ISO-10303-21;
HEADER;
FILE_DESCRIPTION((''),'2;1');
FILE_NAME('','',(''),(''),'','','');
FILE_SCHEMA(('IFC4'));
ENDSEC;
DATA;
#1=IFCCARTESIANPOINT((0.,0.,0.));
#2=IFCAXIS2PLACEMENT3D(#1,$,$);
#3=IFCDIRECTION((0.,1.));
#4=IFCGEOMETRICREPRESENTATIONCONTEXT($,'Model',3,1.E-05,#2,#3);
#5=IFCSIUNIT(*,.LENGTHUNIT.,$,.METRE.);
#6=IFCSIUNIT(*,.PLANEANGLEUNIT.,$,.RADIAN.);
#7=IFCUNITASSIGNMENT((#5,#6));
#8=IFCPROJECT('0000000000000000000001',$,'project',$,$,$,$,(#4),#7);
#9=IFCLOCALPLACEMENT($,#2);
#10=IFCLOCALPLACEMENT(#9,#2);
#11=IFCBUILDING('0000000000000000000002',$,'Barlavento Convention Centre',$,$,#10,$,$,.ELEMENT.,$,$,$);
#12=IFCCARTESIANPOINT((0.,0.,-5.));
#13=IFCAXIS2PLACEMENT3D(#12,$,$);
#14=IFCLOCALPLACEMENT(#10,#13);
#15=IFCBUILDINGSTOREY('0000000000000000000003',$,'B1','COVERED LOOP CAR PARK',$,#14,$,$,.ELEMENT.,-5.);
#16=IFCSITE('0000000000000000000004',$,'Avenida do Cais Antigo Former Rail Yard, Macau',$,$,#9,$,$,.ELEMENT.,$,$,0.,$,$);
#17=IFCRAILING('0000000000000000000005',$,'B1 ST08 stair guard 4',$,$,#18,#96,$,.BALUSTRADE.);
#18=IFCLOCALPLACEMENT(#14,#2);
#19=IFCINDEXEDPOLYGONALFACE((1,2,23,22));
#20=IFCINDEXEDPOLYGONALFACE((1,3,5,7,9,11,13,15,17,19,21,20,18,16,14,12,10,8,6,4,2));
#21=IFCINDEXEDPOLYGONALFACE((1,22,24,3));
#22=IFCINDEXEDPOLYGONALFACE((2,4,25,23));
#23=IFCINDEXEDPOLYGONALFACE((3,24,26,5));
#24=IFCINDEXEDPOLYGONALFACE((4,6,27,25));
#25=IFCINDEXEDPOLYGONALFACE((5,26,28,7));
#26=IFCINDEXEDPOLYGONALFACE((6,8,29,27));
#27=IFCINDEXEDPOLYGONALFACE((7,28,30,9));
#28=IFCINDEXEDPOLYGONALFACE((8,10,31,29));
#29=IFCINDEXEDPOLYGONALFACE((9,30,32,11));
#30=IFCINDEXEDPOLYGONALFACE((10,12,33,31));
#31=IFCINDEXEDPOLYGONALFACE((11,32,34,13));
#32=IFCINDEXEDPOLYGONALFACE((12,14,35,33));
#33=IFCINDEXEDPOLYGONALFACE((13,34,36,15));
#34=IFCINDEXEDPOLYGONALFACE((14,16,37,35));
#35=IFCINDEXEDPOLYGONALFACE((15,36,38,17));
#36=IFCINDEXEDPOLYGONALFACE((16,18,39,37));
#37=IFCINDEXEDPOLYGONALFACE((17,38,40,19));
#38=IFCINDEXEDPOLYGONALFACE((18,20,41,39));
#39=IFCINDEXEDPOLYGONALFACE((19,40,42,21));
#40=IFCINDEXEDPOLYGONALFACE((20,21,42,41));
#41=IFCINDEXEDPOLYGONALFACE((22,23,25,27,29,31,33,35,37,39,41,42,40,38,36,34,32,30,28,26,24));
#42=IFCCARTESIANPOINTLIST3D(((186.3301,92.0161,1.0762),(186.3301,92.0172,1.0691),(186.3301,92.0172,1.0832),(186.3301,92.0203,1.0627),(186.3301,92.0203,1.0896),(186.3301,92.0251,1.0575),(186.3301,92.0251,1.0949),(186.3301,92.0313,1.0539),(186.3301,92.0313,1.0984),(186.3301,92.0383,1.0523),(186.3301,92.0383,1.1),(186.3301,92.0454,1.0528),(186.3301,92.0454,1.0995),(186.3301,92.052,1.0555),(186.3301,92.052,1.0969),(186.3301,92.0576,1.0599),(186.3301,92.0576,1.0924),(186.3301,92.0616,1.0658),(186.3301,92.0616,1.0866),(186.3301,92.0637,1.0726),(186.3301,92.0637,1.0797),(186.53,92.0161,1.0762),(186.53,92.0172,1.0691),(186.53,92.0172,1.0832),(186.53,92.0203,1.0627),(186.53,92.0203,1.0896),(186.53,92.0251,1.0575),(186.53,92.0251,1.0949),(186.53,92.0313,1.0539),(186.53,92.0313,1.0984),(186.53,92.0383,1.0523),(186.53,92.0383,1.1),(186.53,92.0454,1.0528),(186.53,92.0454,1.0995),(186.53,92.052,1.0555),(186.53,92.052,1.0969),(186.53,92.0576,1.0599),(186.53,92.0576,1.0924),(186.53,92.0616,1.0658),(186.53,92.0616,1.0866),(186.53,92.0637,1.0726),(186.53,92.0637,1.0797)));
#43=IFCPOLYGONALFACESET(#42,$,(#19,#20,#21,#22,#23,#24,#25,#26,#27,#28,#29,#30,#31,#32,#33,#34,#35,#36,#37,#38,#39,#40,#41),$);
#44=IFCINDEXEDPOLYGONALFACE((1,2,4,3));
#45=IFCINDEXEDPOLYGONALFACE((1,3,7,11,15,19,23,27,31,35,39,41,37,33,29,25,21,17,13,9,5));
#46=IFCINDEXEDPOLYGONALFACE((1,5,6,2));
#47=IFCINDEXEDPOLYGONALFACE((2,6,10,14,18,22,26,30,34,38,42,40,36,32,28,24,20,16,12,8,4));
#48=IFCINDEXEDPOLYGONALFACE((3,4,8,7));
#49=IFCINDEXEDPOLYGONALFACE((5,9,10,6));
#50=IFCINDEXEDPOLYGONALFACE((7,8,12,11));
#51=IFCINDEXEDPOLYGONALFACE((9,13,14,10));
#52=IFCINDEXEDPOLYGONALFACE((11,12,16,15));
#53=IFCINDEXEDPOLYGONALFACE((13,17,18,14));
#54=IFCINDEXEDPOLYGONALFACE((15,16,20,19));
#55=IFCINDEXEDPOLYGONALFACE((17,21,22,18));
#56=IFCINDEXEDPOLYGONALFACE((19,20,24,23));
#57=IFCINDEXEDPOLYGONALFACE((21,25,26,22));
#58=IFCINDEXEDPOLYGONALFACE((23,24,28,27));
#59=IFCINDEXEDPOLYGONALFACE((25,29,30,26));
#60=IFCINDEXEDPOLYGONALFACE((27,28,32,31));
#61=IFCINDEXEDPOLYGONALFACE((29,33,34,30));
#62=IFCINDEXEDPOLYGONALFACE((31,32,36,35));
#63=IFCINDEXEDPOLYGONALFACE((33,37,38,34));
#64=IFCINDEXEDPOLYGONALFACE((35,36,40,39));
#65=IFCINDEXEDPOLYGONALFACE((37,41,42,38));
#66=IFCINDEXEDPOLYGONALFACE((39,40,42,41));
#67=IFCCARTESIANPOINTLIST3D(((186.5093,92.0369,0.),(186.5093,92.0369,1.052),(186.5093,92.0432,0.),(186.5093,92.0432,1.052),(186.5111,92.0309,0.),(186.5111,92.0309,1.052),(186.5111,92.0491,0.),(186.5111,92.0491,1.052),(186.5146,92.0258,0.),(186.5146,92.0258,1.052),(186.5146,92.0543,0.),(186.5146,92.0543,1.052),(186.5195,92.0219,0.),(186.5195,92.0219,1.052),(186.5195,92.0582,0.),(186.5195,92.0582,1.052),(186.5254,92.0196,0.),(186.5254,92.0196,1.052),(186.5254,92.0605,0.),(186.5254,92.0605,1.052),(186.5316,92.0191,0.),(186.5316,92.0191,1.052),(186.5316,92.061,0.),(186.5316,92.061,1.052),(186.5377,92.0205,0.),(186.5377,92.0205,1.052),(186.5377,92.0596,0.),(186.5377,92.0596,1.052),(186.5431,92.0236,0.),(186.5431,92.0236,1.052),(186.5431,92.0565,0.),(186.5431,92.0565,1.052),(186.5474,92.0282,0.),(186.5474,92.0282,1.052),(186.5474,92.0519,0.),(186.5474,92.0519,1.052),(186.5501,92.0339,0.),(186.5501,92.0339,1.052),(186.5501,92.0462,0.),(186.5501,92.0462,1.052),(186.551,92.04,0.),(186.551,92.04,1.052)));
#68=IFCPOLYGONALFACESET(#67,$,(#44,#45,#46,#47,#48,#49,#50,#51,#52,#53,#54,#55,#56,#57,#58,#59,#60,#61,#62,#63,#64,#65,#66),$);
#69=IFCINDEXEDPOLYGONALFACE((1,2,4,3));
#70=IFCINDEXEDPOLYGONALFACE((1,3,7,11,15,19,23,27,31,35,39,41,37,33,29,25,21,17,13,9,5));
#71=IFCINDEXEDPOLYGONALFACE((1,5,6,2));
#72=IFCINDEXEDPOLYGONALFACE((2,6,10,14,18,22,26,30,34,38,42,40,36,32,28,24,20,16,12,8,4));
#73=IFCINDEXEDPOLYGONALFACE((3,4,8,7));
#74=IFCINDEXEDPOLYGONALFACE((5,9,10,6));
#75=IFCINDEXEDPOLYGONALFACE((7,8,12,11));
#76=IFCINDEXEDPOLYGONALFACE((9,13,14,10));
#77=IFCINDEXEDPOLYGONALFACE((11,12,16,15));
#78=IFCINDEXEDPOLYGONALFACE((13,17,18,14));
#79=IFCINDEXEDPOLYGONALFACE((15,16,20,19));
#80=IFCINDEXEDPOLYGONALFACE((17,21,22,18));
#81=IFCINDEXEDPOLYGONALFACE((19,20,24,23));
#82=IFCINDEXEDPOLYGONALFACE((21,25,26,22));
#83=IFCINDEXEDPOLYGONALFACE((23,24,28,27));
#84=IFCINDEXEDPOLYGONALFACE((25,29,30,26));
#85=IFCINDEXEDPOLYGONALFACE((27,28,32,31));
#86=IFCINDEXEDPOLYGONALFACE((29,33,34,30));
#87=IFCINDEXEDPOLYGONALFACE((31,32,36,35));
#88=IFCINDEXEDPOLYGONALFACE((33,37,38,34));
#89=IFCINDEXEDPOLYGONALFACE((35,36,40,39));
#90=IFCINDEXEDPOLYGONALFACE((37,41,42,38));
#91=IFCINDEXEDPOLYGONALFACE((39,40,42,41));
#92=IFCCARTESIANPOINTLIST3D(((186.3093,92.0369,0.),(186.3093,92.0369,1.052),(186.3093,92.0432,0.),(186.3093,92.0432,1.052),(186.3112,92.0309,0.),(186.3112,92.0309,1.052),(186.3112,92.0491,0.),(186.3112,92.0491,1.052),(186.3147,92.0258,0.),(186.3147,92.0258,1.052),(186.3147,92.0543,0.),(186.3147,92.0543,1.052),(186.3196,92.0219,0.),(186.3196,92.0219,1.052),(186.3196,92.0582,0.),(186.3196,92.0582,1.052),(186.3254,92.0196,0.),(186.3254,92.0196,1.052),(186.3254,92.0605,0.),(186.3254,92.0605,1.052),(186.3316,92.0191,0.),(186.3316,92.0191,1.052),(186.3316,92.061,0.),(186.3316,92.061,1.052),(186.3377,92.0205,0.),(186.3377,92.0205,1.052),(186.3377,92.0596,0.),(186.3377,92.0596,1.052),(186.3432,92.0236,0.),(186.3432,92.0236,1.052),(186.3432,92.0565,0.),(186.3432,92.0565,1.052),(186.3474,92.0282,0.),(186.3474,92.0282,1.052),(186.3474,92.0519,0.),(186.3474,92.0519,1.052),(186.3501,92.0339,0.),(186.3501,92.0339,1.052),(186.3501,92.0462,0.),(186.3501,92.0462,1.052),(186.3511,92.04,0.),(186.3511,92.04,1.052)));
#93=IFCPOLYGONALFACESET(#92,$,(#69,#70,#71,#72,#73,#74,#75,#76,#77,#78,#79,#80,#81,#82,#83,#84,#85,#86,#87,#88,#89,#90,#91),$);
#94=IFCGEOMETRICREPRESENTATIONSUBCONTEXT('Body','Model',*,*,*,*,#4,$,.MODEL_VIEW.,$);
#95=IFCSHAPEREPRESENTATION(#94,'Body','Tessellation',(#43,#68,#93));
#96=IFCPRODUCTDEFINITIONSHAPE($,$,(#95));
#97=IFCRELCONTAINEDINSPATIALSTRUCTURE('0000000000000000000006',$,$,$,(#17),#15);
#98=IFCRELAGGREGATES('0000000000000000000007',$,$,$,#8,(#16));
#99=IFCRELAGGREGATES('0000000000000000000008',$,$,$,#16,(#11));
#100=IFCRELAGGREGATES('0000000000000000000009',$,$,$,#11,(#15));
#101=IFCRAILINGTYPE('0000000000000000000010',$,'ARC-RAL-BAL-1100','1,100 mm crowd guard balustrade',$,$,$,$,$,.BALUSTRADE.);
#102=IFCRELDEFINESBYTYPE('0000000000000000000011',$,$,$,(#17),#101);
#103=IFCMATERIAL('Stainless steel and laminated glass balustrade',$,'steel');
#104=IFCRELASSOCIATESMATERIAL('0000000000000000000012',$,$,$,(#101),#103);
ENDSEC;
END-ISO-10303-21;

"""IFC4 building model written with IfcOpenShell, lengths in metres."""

from ifc_helpers import new_model, si_unit, direction, frame, origin, origin_2d, place, context, subcontext, project, spatial, circle, extrude, material, type_object, element, save


model = new_model("IFC4")

# Units and contexts
model_context = context("Model", 3, precision=1e-05, world=origin(), true_north=direction((0.0, 1.0)))
body_context = subcontext(model_context, "Body", "Model", "MODEL_VIEW")
ifc_project = project(units=[si_unit("LENGTHUNIT", "METRE"), si_unit("PLANEANGLEUNIT", "RADIAN")], contexts=[model_context])

# Site, building, storey
site_placement = place(None, origin())
site = spatial("IfcSite", under=ifc_project, at=site_placement, Name="Avenida do Cais Antigo Former Rail Yard, Macau", CompositionType="ELEMENT", RefElevation=0.0)
building_placement = place(site_placement, origin())
building = spatial("IfcBuilding", under=site, at=building_placement, Name="Barlavento Convention Centre", CompositionType="ELEMENT")
storey_placement = place(building_placement, frame((0.0, 0.0, -5.0)))
storey = spatial("IfcBuildingStorey", under=building, at=storey_placement, Name="B1", Description="COVERED LOOP CAR PARK", CompositionType="ELEMENT", Elevation=-5.0)

# Railing
ifc_material_1 = material(Name="Stainless steel and laminated glass balustrade", Category="steel")
railing_type_1 = type_object("IfcRailingType", Name="ARC-RAL-BAL-1100", Description="1,100 mm crowd guard balustrade", PredefinedType="BALUSTRADE", material=ifc_material_1)
railing_1_placement = place(storey_placement, frame((186.53, 92.04, 0.0)))
element("IfcRailing", 1, at=railing_1_placement, inside=storey, type_object=railing_type_1, Name="B1 ST08 stair guard 4", PredefinedType="BALUSTRADE", context=body_context, shape_type="SweptSolid", body=[
    extrude(circle(Radius=0.0239, at=origin_2d()), frame((0.0, 0.0, 1.0762), z_axis=(-1.0, 0.0, 0.0), x_axis=(0.0, -1.0, 0.0)), (0.0, 0.0, 1.0), 0.2),
    extrude(circle(Radius=0.021, at=origin_2d()), origin(), (0.0, 0.0, 1.0), 1.052),
    extrude(circle(Radius=0.021, at=origin_2d()), frame((-0.2, 0.0, 0.0)), (0.0, 0.0, 1.0), 1.052),
])

save(model, "model.ifc")
